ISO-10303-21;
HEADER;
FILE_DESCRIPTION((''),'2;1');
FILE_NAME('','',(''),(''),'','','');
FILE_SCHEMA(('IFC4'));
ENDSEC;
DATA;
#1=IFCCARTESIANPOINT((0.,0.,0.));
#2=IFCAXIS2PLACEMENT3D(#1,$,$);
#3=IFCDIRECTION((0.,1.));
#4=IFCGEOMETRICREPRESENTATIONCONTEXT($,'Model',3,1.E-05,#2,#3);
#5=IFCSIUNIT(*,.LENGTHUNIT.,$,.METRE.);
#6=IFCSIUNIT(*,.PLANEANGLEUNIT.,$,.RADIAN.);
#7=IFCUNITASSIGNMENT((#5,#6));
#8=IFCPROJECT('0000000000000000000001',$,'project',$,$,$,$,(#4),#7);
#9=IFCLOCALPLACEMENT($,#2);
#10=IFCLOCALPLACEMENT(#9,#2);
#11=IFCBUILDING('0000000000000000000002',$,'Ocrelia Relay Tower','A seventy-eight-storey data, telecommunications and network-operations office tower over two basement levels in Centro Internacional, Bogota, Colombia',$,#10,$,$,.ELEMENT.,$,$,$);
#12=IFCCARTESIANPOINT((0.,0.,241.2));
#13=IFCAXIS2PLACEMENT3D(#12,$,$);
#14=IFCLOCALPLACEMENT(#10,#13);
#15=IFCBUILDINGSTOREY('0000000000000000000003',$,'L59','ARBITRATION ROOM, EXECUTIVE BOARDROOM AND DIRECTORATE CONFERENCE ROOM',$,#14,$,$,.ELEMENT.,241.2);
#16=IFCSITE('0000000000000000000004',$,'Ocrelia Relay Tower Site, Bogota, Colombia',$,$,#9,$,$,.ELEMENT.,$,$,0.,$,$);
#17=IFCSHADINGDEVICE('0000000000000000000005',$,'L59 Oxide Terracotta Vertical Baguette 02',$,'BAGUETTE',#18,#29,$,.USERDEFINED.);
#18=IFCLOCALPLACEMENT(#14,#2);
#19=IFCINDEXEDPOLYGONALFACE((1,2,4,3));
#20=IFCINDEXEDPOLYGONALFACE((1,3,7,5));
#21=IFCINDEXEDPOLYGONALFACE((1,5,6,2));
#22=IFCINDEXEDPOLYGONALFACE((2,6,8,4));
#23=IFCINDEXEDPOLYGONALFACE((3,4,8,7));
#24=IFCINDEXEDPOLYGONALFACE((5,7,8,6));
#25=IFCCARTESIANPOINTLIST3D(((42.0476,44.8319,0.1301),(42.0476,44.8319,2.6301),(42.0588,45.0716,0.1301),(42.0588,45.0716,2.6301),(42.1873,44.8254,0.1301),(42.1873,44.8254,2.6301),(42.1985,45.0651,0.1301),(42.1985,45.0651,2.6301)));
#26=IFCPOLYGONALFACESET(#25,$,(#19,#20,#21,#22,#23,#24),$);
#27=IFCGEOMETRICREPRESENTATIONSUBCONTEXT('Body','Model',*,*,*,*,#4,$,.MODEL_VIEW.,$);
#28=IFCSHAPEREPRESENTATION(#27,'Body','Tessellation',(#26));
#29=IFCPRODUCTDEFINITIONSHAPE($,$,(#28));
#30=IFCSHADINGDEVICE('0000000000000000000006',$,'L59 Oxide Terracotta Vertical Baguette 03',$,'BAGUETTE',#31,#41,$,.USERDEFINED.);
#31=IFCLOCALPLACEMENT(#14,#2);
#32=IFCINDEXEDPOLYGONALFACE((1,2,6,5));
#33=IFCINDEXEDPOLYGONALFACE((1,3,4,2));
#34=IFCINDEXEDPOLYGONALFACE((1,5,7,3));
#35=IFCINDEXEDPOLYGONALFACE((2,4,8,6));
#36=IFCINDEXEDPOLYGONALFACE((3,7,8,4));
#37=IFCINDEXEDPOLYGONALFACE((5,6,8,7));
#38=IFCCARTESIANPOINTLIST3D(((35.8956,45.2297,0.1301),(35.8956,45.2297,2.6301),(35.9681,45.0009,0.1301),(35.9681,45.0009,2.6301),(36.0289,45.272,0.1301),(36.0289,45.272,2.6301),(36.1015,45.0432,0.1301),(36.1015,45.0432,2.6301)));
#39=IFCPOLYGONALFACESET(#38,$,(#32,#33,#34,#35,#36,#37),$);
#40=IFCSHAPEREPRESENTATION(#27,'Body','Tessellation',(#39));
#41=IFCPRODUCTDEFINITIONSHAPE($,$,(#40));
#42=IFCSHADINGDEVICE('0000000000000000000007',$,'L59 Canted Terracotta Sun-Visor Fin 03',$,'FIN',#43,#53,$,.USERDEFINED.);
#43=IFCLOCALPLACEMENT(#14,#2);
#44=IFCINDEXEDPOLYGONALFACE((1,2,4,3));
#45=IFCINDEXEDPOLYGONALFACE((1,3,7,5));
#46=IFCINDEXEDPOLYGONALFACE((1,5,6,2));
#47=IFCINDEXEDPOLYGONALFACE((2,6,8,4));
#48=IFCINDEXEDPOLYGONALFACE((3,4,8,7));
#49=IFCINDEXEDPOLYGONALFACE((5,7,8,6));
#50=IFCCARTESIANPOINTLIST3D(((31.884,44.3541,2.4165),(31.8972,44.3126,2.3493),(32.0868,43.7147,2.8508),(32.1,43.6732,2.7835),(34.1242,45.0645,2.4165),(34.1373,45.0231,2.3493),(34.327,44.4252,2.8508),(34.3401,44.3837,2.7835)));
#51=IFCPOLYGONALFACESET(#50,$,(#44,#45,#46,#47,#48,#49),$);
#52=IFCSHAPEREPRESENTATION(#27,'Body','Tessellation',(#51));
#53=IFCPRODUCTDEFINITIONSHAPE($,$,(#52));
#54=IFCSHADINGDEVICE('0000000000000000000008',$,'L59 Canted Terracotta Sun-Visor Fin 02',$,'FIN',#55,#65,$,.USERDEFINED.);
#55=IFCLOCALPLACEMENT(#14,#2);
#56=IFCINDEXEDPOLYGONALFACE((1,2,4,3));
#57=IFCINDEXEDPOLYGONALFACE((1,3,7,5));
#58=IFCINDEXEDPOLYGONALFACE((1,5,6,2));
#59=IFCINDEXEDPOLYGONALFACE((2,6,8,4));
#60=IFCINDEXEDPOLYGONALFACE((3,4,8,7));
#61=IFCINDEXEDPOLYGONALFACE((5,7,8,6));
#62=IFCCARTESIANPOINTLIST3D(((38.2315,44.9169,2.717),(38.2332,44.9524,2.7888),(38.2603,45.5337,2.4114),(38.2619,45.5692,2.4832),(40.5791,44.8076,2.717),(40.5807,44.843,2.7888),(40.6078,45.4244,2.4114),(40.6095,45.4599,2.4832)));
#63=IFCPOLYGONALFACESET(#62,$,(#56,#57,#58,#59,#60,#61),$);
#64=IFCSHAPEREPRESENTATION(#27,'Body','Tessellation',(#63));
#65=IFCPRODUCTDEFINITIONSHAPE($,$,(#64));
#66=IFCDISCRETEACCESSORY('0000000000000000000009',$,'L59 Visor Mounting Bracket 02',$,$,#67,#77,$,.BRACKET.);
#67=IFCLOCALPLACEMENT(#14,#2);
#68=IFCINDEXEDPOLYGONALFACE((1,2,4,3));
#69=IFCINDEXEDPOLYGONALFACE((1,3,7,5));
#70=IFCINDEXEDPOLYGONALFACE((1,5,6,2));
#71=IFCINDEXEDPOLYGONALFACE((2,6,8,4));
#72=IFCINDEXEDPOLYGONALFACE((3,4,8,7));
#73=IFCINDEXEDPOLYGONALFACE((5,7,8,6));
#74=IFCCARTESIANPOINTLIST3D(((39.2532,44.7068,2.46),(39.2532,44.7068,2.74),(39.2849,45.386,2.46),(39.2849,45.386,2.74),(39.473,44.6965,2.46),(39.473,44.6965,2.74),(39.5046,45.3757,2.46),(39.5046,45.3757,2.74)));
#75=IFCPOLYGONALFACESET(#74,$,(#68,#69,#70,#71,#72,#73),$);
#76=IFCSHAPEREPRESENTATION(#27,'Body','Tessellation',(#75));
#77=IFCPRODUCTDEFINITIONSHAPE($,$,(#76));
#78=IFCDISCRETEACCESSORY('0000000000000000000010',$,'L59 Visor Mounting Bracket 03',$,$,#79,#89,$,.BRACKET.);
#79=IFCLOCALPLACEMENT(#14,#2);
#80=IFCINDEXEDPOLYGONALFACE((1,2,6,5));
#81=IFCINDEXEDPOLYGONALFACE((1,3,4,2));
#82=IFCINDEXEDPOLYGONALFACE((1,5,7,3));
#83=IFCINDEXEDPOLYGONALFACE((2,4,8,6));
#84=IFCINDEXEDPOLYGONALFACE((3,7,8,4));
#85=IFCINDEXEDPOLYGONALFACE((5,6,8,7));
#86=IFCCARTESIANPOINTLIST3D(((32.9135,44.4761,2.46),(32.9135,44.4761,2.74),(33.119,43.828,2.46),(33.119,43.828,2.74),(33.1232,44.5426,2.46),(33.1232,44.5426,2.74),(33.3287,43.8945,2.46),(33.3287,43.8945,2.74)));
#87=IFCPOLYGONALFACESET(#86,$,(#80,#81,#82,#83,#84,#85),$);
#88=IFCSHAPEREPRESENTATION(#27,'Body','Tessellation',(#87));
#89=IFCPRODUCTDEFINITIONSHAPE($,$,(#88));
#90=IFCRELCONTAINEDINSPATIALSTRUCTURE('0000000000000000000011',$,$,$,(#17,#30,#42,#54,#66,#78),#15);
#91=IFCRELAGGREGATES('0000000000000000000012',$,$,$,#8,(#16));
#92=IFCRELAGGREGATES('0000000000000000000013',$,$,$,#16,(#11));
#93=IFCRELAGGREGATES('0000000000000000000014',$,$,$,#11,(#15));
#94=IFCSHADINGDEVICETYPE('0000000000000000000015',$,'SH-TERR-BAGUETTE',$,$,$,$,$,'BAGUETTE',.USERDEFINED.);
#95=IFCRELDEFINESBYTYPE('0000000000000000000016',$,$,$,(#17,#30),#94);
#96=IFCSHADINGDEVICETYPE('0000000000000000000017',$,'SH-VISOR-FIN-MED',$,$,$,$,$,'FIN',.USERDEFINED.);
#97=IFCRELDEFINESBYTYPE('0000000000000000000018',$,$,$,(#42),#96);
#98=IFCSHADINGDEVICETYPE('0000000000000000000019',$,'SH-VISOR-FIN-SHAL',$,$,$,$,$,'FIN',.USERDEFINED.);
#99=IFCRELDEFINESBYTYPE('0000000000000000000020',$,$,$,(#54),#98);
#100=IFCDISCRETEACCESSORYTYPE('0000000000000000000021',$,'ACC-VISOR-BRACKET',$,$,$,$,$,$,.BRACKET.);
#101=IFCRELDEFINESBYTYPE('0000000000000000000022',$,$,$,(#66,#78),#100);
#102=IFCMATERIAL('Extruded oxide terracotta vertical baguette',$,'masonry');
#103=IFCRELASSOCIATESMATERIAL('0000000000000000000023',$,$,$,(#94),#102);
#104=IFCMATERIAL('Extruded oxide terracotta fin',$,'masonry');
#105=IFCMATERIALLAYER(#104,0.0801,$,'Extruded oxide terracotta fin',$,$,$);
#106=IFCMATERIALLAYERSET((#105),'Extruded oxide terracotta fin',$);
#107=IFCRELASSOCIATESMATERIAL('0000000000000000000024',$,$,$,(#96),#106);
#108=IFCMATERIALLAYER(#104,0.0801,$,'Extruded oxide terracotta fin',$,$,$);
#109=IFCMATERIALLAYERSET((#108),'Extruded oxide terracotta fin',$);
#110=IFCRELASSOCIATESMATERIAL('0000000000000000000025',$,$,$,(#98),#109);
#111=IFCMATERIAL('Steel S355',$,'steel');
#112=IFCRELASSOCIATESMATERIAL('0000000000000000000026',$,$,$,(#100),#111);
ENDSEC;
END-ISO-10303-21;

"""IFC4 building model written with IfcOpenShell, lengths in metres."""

from ifc_helpers import new_model, si_unit, direction, frame, origin, origin_2d, place, context, subcontext, project, spatial, rectangle, extrude, material, layer, layer_set, type_object, element, save


model = new_model("IFC4")

# Units and contexts
model_context = context("Model", 3, precision=1e-05, world=origin(), true_north=direction((0.0, 1.0)))
body_context = subcontext(model_context, "Body", "Model", "MODEL_VIEW")
ifc_project = project(units=[si_unit("LENGTHUNIT", "METRE"), si_unit("PLANEANGLEUNIT", "RADIAN")], contexts=[model_context])

# Site, building, storey
site_placement = place(None, origin())
site = spatial("IfcSite", under=ifc_project, at=site_placement, Name="Ocrelia Relay Tower Site, Bogota, Colombia", CompositionType="ELEMENT", RefElevation=0.0)
building_placement = place(site_placement, origin())
building = spatial("IfcBuilding", under=site, at=building_placement, Name="Ocrelia Relay Tower", Description="A seventy-eight-storey data, telecommunications and network-operations office tower over two basement levels in Centro Internacional, Bogota, Colombia", CompositionType="ELEMENT")
storey_placement = place(building_placement, frame((0.0, 0.0, 241.2)))
storey = spatial("IfcBuildingStorey", under=building, at=storey_placement, Name="L59", Description="ARBITRATION ROOM, EXECUTIVE BOARDROOM AND DIRECTORATE CONFERENCE ROOM", CompositionType="ELEMENT", Elevation=241.2)

# Shared definitions
ifc_material_1 = material(Name="Steel S355", Category="steel")

# Shading devices
ifc_material_2 = material(Name="Extruded oxide terracotta vertical baguette", Category="masonry")
shading_device_type_1 = type_object("IfcShadingDeviceType", Name="SH-TERR-BAGUETTE", ElementType="BAGUETTE", PredefinedType="USERDEFINED", material=ifc_material_2)
for number, where, z_axis, x_axis, name in (
    (1, (42.123, 44.9485, 0.1301), (0.0, 0.0, 1.0), (-0.998917, 0.046537, 0.0), "L59 Oxide Terracotta Vertical Baguette 02"),
    (2, (35.9985, 45.1365, 0.1301), (0.0, 0.0, 1.0), (-0.953209, -0.302312, 0.0), "L59 Oxide Terracotta Vertical Baguette 03"),
):
    element("IfcShadingDevice", number, at=place(storey_placement, frame(where, z_axis=z_axis, x_axis=x_axis)), inside=storey, type_object=shading_device_type_1, Name=name, ObjectType="BAGUETTE", PredefinedType="USERDEFINED", context=body_context, shape_type="SweptSolid", body=[
        extrude(rectangle(XDim=0.1399, YDim=0.24, at=origin_2d()), origin(), (0.0, 0.0, 1.0), 2.5),
    ])
ifc_material_3 = material(Name="Extruded oxide terracotta fin", Category="masonry")
ifc_layer_1 = layer(ifc_material_3, 0.0801, Name="Extruded oxide terracotta fin")
ifc_layer_set_1 = layer_set([ifc_layer_1], Name="Extruded oxide terracotta fin")
shading_device_type_2 = type_object("IfcShadingDeviceType", Name="SH-VISOR-FIN-MED", ElementType="FIN", PredefinedType="USERDEFINED", material=ifc_layer_set_1)
shading_device_1_placement = place(storey_placement, frame((33.1187, 44.3481, 2.5664), z_axis=(-0.164297, 0.518038, 0.83943), x_axis=(-0.953209, -0.302312, 0.0)))
element("IfcShadingDevice", 3, at=shading_device_1_placement, inside=storey, type_object=shading_device_type_2, Name="L59 Canted Terracotta Sun-Visor Fin 03", ObjectType="FIN", PredefinedType="USERDEFINED", context=body_context, shape_type="SweptSolid", body=[
    extrude(rectangle(XDim=2.3501, YDim=0.7991, at=origin_2d()), origin(), (0.0, 0.0, 1.0), 0.0801),
])
ifc_layer_2 = layer(ifc_material_3, 0.0801, Name="Extruded oxide terracotta fin")
ifc_layer_set_2 = layer_set([ifc_layer_2], Name="Extruded oxide terracotta fin")
shading_device_type_3 = type_object("IfcShadingDeviceType", Name="SH-VISOR-FIN-SHAL", ElementType="FIN", PredefinedType="USERDEFINED", material=ifc_layer_set_2)
shading_device_2_placement = place(storey_placement, frame((39.4197, 45.1707, 2.5642), z_axis=(0.020641, 0.44306, 0.896254), x_axis=(-0.998917, 0.046537, 0.0)))
element("IfcShadingDevice", 4, at=shading_device_2_placement, inside=storey, type_object=shading_device_type_3, Name="L59 Canted Terracotta Sun-Visor Fin 02", ObjectType="FIN", PredefinedType="USERDEFINED", context=body_context, shape_type="SweptSolid", body=[
    extrude(rectangle(XDim=2.3501, YDim=0.689, at=origin_2d()), origin(), (0.0, 0.0, 1.0), 0.0801),
])

# Discrete accessories
discrete_accessory_type = type_object("IfcDiscreteAccessoryType", Name="ACC-VISOR-BRACKET", PredefinedType="BRACKET", material=ifc_material_1)
for number, where, z_axis, x_axis, name in (
    (5, (39.3789, 45.0413, 2.46), (0.0, 0.0, 1.0), (-0.998917, 0.046537, 0.0), "L59 Visor Mounting Bracket 02"),
    (6, (33.1211, 44.1853, 2.46), (0.0, 0.0, 1.0), (-0.953209, -0.302312, 0.0), "L59 Visor Mounting Bracket 03"),
):
    element("IfcDiscreteAccessory", number, at=place(storey_placement, frame(where, z_axis=z_axis, x_axis=x_axis)), inside=storey, type_object=discrete_accessory_type, Name=name, PredefinedType="BRACKET", context=body_context, shape_type="SweptSolid", body=[
        extrude(rectangle(XDim=0.22, YDim=0.6799, at=origin_2d()), origin(), (0.0, 0.0, 1.0), 0.28),
    ])

save(model, "model.ifc")
